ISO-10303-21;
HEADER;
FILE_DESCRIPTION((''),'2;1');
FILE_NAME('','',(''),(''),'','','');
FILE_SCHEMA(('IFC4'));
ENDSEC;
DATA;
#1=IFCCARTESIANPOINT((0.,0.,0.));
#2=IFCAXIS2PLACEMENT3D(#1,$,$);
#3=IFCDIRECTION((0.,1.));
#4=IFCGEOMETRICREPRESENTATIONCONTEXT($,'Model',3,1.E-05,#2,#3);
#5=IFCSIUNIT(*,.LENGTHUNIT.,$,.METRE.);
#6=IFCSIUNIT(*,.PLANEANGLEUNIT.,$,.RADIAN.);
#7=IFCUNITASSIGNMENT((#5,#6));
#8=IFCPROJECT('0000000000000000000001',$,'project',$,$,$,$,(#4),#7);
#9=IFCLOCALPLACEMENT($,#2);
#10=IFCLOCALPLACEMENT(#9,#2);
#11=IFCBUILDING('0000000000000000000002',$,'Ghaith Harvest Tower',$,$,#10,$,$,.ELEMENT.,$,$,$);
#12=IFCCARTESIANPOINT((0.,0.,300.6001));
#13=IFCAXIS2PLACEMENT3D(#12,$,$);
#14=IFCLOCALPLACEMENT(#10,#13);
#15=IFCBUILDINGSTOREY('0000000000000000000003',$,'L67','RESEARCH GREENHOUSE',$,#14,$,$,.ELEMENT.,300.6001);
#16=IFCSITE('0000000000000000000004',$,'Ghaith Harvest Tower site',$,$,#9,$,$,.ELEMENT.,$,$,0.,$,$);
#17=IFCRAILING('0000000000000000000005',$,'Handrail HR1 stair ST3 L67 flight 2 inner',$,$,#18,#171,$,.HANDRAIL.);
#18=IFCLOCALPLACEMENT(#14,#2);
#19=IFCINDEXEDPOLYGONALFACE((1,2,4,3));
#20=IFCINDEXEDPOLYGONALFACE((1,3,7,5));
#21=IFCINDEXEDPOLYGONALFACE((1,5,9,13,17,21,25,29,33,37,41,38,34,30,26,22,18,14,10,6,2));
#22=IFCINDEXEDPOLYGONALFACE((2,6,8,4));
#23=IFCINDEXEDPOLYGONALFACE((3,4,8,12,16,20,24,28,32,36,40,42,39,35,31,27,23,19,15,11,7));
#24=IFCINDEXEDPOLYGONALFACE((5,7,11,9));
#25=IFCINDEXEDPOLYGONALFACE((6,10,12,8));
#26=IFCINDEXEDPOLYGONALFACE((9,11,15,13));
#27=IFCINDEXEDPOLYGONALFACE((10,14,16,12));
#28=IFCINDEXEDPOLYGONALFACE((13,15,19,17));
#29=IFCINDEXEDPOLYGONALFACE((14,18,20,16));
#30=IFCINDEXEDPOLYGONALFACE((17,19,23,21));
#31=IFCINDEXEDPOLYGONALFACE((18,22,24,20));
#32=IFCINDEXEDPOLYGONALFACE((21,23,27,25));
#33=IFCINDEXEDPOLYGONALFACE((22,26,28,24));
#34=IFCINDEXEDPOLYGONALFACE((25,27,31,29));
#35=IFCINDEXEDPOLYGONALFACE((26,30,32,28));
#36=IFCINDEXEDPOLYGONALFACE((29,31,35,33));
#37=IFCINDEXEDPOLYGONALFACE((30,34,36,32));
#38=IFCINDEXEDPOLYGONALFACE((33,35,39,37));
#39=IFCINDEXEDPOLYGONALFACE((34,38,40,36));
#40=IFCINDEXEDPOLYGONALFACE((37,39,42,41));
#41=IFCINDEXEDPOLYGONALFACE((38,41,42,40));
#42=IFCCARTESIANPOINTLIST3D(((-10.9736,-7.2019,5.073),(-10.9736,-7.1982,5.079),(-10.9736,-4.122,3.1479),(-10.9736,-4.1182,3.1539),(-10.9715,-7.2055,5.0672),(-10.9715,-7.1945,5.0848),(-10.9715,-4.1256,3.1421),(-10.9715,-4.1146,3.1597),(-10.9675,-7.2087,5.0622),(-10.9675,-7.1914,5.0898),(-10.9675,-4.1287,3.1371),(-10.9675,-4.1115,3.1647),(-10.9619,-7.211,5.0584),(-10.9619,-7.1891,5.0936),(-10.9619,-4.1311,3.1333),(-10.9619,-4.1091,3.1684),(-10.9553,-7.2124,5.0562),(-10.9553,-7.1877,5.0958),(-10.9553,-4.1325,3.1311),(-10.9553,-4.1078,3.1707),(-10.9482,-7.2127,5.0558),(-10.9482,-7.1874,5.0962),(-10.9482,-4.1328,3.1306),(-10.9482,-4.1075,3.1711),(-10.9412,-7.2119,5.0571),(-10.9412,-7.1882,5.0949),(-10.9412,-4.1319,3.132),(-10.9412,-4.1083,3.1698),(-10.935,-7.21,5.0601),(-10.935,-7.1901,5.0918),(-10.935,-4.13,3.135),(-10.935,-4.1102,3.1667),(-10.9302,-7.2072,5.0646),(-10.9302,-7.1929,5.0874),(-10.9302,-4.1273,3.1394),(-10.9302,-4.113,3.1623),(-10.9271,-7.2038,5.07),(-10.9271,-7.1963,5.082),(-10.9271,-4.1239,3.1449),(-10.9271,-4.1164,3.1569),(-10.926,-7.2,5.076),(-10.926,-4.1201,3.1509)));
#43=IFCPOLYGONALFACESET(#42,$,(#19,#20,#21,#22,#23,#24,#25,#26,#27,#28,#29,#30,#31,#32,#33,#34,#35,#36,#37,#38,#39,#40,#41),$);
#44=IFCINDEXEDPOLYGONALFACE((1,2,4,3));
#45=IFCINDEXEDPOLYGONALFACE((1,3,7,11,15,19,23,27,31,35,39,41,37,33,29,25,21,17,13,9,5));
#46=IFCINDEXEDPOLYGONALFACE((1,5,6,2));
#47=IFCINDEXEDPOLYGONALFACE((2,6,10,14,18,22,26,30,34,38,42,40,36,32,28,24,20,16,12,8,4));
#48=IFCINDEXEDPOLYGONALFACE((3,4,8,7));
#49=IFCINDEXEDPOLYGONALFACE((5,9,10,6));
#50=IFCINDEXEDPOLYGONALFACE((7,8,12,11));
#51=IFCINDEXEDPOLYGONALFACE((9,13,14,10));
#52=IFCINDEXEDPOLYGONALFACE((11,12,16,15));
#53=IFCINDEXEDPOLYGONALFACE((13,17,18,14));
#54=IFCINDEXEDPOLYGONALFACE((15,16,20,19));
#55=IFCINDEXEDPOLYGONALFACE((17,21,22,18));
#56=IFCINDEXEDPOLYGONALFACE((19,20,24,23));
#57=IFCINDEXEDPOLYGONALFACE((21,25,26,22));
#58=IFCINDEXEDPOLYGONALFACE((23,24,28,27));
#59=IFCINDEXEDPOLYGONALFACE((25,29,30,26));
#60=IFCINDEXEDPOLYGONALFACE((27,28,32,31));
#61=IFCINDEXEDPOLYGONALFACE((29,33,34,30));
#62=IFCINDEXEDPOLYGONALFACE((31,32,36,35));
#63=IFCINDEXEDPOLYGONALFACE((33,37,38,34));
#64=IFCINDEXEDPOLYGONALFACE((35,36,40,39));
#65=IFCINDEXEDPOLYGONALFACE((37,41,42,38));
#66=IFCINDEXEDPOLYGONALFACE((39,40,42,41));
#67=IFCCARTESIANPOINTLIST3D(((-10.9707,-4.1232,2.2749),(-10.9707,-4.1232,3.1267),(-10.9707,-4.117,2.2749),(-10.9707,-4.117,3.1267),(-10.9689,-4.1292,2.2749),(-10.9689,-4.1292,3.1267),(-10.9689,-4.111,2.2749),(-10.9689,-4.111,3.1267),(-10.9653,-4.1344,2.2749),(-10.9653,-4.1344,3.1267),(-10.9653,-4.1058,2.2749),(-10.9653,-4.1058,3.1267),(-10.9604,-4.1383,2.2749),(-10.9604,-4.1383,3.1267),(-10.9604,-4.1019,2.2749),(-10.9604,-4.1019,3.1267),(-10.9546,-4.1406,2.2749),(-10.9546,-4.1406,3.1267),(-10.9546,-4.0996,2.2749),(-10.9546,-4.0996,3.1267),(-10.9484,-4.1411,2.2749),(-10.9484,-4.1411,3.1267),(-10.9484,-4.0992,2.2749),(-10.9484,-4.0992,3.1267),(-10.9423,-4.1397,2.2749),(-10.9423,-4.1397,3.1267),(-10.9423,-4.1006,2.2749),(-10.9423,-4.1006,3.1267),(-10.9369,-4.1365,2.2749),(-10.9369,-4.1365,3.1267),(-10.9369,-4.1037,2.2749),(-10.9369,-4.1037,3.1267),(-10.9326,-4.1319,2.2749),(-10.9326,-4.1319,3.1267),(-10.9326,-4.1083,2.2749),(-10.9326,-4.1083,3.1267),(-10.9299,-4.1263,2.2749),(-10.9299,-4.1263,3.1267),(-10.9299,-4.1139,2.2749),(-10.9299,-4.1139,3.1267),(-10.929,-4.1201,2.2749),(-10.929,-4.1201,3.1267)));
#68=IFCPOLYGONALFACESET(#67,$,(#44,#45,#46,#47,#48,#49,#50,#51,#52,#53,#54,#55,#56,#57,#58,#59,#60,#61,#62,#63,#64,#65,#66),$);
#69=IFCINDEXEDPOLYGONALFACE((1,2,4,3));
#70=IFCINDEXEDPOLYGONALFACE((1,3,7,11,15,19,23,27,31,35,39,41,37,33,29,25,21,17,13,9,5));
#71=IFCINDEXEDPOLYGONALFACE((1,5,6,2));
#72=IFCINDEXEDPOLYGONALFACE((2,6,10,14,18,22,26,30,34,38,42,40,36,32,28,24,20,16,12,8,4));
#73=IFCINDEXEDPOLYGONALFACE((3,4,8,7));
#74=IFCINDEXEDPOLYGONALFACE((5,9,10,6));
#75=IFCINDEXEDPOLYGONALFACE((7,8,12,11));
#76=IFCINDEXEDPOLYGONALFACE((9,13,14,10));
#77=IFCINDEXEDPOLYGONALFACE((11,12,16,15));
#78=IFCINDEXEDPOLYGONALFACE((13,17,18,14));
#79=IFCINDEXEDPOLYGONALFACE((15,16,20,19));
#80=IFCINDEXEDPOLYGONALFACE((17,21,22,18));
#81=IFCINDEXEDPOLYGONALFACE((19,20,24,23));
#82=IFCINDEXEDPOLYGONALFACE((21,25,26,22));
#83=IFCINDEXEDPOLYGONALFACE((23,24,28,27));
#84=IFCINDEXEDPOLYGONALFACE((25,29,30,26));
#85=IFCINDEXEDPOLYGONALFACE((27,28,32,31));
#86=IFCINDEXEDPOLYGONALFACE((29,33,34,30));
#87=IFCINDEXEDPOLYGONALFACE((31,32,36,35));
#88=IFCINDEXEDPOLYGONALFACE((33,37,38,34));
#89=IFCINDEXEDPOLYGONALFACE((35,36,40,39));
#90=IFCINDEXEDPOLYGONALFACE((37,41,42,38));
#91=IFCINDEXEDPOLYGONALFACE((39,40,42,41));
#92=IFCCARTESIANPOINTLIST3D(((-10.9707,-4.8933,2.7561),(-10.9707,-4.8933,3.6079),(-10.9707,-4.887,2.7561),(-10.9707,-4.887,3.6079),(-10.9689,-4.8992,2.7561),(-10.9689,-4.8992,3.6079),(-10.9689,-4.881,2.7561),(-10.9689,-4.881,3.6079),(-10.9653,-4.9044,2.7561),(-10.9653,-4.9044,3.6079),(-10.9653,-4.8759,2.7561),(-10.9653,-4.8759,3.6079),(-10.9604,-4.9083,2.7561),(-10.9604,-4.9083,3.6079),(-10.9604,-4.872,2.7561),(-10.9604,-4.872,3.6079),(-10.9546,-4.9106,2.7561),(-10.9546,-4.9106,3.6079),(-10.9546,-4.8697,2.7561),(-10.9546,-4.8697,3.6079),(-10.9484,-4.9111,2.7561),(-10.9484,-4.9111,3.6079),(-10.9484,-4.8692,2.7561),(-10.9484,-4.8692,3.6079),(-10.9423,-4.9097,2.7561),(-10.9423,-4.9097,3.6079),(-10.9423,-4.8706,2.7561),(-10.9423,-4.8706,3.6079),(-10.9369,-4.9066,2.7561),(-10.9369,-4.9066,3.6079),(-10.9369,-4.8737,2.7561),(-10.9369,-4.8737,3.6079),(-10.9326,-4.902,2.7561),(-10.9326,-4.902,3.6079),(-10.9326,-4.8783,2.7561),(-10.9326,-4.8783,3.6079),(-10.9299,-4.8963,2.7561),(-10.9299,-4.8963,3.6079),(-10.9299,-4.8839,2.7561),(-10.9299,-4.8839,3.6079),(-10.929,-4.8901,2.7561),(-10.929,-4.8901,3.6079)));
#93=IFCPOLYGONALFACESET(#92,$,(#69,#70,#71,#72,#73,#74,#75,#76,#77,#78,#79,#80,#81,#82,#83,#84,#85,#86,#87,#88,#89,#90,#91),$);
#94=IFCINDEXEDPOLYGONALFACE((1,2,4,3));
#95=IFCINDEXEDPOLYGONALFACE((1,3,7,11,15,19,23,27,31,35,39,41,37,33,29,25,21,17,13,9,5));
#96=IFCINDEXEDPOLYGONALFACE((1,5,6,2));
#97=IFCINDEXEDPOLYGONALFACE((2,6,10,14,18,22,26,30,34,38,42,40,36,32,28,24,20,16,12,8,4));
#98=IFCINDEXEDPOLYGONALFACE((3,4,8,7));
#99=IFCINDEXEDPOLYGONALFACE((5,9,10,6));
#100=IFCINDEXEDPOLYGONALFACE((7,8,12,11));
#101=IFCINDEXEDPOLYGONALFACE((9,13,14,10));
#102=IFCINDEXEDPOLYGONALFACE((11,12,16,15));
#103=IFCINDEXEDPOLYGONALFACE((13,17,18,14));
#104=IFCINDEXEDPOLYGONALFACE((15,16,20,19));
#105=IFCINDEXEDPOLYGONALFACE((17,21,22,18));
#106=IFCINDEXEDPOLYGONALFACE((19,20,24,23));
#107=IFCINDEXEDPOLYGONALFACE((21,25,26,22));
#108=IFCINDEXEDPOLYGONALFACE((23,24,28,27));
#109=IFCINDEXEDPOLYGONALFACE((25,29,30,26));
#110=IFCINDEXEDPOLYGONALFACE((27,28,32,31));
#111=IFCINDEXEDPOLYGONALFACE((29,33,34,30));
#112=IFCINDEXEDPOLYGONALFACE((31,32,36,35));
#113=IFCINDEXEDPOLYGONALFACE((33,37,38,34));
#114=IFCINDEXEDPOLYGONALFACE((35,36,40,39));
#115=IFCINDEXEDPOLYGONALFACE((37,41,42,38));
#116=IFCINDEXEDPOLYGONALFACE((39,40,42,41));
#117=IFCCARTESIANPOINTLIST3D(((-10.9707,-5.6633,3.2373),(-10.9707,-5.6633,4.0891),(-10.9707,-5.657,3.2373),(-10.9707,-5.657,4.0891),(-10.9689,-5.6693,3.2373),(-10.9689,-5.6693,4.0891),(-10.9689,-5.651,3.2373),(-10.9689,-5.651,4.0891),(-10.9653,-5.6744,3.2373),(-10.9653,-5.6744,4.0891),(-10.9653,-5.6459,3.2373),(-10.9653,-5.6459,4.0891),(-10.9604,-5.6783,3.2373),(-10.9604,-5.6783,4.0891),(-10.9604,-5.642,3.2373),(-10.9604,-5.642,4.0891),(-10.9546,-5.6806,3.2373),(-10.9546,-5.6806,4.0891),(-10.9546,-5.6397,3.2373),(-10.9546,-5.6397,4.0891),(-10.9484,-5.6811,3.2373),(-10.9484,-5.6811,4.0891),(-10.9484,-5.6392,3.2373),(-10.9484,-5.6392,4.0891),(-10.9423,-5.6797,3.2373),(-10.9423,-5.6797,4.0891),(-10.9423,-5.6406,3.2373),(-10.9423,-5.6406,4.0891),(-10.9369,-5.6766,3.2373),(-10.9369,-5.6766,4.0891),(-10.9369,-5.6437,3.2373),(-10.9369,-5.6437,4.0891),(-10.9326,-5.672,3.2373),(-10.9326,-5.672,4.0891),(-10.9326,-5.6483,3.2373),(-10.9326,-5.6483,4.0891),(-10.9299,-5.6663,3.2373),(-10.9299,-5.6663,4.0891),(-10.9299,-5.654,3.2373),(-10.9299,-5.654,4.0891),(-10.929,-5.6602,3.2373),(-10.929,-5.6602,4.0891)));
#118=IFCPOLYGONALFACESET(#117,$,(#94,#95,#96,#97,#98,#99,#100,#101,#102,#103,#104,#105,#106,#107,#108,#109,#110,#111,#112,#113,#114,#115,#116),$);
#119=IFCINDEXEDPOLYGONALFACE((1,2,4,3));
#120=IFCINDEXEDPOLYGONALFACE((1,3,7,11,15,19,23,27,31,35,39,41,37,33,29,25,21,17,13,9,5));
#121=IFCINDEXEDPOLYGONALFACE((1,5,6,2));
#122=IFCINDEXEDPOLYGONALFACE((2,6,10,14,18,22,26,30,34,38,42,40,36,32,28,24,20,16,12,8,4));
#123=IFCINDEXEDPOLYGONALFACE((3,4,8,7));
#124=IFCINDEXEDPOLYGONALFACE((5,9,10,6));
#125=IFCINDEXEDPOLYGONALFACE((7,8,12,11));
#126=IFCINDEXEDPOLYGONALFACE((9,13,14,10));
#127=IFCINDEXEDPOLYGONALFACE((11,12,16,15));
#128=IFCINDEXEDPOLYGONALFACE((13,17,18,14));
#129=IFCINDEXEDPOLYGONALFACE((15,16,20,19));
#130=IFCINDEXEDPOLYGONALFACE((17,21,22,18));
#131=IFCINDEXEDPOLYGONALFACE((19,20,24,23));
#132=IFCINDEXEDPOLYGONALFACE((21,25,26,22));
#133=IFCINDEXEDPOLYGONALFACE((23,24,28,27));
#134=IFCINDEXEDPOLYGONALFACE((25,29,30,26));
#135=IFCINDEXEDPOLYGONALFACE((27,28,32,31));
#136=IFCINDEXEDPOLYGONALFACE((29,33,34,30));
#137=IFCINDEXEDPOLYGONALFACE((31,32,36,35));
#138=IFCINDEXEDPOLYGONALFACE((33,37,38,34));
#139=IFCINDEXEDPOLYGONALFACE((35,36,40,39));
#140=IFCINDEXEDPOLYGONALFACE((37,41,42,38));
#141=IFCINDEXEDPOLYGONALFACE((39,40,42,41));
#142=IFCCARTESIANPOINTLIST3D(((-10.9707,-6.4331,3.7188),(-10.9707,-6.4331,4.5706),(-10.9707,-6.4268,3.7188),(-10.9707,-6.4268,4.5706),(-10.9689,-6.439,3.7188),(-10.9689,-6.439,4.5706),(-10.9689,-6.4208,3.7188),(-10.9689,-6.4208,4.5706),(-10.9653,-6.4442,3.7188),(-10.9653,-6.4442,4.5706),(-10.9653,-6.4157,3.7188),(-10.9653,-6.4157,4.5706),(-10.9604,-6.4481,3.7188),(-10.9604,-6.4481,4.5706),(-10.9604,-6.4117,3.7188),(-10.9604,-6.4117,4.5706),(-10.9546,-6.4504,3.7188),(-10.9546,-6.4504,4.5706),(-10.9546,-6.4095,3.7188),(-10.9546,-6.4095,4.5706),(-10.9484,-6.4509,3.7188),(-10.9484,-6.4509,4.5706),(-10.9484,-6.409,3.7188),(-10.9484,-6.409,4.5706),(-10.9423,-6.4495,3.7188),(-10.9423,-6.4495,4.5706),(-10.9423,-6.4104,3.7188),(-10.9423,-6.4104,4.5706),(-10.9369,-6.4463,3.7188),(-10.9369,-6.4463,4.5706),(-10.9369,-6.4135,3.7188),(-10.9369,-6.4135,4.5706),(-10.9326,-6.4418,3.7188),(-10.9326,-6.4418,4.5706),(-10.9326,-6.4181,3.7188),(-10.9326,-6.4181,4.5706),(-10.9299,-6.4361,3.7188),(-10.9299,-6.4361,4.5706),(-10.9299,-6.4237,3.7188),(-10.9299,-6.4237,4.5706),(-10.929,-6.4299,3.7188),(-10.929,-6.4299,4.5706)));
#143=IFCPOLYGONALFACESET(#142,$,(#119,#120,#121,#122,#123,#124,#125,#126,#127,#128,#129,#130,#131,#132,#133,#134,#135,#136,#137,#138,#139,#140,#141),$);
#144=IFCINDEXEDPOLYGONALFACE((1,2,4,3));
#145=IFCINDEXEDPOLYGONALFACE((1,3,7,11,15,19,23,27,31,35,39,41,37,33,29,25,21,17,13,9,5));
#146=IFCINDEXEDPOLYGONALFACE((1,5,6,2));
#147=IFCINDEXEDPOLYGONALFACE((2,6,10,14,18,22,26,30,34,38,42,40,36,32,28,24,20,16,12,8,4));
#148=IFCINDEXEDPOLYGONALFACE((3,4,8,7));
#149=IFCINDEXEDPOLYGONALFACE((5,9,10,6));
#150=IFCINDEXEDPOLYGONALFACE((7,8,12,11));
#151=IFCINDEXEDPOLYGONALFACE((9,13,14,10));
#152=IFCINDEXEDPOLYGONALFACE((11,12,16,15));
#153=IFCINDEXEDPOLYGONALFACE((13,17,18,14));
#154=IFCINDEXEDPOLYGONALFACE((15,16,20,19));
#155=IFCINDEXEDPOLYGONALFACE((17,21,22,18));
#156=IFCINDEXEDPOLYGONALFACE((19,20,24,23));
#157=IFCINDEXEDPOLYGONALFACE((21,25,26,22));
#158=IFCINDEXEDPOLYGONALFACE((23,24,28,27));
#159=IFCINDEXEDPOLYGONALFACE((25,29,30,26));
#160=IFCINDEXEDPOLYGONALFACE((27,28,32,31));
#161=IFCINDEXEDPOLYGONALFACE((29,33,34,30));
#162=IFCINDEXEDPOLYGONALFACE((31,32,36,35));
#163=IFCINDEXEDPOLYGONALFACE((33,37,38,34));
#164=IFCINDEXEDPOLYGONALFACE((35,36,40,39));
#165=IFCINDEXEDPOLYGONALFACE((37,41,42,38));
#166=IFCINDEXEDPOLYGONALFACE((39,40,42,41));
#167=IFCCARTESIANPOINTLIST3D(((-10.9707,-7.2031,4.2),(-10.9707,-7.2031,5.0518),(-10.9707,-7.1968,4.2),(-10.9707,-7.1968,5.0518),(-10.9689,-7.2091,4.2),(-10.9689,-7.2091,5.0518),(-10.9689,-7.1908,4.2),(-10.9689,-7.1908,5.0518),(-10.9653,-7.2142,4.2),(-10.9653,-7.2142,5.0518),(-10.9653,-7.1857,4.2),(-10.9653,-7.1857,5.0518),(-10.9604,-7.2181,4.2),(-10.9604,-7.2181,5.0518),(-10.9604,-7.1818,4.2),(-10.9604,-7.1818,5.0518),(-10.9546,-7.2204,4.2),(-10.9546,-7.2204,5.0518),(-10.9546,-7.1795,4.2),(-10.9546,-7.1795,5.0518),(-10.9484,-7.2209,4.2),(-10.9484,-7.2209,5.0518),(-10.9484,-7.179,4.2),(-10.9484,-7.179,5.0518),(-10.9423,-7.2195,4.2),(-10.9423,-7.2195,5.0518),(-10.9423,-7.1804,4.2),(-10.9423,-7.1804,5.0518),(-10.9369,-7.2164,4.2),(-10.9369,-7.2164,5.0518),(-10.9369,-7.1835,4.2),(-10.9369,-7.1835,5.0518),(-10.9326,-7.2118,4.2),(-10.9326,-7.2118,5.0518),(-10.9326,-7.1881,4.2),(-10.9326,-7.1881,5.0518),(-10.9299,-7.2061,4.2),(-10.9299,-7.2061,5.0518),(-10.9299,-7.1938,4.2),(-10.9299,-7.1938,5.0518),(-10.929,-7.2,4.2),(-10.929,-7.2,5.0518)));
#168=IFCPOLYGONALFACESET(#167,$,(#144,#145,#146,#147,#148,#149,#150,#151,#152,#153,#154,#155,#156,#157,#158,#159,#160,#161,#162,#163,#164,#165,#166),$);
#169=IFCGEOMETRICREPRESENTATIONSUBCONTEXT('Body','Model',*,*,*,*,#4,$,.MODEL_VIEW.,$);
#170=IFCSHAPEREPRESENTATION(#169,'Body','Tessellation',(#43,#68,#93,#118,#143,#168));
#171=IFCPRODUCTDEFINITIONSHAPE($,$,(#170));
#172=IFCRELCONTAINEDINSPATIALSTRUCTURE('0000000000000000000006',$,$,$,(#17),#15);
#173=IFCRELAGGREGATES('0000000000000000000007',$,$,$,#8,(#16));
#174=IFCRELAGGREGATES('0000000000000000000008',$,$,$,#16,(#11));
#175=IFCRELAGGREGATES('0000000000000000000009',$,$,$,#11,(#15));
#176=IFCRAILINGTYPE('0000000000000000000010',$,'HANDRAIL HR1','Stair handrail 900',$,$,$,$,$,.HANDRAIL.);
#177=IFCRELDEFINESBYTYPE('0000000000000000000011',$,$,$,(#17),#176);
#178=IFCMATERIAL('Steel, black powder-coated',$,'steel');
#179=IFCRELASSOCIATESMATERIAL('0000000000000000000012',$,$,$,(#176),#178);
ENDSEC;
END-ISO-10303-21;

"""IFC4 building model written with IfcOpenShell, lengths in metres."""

from ifc_helpers import new_model, si_unit, direction, frame, origin, origin_2d, place, context, subcontext, project, spatial, circle, extrude, material, type_object, element, save


model = new_model("IFC4")

# Units and contexts
model_context = context("Model", 3, precision=1e-05, world=origin(), true_north=direction((0.0, 1.0)))
body_context = subcontext(model_context, "Body", "Model", "MODEL_VIEW")
ifc_project = project(units=[si_unit("LENGTHUNIT", "METRE"), si_unit("PLANEANGLEUNIT", "RADIAN")], contexts=[model_context])

# Site, building, storey
site_placement = place(None, origin())
site = spatial("IfcSite", under=ifc_project, at=site_placement, Name="Ghaith Harvest Tower site", CompositionType="ELEMENT", RefElevation=0.0)
building_placement = place(site_placement, origin())
building = spatial("IfcBuilding", under=site, at=building_placement, Name="Ghaith Harvest Tower", CompositionType="ELEMENT")
storey_placement = place(building_placement, frame((0.0, 0.0, 300.6001)))
storey = spatial("IfcBuildingStorey", under=building, at=storey_placement, Name="L67", Description="RESEARCH GREENHOUSE", CompositionType="ELEMENT", Elevation=300.6001)

# Railing
ifc_material_1 = material(Name="Steel, black powder-coated", Category="steel")
railing_type = type_object("IfcRailingType", Name="HANDRAIL HR1", Description="Stair handrail 900", PredefinedType="HANDRAIL", material=ifc_material_1)
railing_1_placement = place(storey_placement, frame((-10.95, -4.1201, 2.2749)))
element("IfcRailing", 1, at=railing_1_placement, inside=storey, type_object=railing_type, Name="Handrail HR1 stair ST3 L67 flight 2 inner", PredefinedType="HANDRAIL", context=body_context, shape_type="SweptSolid", body=[
    extrude(circle(Radius=0.0239, at=origin_2d()), frame((0.0, 0.0, 0.876), z_axis=(0.0, -0.847979, 0.530029), x_axis=(1.0, 0.0, 0.0)), (0.0, 0.0, 1.0), 3.6321),
    extrude(circle(Radius=0.021, at=origin_2d()), origin(), (0.0, 0.0, 1.0), 0.8518),
    extrude(circle(Radius=0.021, at=origin_2d()), frame((0.0, -0.77, 0.4812)), (0.0, 0.0, 1.0), 0.8518),
    extrude(circle(Radius=0.021, at=origin_2d()), frame((0.0, -1.54, 0.9624)), (0.0, 0.0, 1.0), 0.8518),
    extrude(circle(Radius=0.021, at=origin_2d()), frame((0.0, -2.3098, 1.4438)), (0.0, 0.0, 1.0), 0.8518),
    extrude(circle(Radius=0.021, at=origin_2d()), frame((0.0, -3.0798, 1.925)), (0.0, 0.0, 1.0), 0.8518),
])

save(model, "model.ifc")
